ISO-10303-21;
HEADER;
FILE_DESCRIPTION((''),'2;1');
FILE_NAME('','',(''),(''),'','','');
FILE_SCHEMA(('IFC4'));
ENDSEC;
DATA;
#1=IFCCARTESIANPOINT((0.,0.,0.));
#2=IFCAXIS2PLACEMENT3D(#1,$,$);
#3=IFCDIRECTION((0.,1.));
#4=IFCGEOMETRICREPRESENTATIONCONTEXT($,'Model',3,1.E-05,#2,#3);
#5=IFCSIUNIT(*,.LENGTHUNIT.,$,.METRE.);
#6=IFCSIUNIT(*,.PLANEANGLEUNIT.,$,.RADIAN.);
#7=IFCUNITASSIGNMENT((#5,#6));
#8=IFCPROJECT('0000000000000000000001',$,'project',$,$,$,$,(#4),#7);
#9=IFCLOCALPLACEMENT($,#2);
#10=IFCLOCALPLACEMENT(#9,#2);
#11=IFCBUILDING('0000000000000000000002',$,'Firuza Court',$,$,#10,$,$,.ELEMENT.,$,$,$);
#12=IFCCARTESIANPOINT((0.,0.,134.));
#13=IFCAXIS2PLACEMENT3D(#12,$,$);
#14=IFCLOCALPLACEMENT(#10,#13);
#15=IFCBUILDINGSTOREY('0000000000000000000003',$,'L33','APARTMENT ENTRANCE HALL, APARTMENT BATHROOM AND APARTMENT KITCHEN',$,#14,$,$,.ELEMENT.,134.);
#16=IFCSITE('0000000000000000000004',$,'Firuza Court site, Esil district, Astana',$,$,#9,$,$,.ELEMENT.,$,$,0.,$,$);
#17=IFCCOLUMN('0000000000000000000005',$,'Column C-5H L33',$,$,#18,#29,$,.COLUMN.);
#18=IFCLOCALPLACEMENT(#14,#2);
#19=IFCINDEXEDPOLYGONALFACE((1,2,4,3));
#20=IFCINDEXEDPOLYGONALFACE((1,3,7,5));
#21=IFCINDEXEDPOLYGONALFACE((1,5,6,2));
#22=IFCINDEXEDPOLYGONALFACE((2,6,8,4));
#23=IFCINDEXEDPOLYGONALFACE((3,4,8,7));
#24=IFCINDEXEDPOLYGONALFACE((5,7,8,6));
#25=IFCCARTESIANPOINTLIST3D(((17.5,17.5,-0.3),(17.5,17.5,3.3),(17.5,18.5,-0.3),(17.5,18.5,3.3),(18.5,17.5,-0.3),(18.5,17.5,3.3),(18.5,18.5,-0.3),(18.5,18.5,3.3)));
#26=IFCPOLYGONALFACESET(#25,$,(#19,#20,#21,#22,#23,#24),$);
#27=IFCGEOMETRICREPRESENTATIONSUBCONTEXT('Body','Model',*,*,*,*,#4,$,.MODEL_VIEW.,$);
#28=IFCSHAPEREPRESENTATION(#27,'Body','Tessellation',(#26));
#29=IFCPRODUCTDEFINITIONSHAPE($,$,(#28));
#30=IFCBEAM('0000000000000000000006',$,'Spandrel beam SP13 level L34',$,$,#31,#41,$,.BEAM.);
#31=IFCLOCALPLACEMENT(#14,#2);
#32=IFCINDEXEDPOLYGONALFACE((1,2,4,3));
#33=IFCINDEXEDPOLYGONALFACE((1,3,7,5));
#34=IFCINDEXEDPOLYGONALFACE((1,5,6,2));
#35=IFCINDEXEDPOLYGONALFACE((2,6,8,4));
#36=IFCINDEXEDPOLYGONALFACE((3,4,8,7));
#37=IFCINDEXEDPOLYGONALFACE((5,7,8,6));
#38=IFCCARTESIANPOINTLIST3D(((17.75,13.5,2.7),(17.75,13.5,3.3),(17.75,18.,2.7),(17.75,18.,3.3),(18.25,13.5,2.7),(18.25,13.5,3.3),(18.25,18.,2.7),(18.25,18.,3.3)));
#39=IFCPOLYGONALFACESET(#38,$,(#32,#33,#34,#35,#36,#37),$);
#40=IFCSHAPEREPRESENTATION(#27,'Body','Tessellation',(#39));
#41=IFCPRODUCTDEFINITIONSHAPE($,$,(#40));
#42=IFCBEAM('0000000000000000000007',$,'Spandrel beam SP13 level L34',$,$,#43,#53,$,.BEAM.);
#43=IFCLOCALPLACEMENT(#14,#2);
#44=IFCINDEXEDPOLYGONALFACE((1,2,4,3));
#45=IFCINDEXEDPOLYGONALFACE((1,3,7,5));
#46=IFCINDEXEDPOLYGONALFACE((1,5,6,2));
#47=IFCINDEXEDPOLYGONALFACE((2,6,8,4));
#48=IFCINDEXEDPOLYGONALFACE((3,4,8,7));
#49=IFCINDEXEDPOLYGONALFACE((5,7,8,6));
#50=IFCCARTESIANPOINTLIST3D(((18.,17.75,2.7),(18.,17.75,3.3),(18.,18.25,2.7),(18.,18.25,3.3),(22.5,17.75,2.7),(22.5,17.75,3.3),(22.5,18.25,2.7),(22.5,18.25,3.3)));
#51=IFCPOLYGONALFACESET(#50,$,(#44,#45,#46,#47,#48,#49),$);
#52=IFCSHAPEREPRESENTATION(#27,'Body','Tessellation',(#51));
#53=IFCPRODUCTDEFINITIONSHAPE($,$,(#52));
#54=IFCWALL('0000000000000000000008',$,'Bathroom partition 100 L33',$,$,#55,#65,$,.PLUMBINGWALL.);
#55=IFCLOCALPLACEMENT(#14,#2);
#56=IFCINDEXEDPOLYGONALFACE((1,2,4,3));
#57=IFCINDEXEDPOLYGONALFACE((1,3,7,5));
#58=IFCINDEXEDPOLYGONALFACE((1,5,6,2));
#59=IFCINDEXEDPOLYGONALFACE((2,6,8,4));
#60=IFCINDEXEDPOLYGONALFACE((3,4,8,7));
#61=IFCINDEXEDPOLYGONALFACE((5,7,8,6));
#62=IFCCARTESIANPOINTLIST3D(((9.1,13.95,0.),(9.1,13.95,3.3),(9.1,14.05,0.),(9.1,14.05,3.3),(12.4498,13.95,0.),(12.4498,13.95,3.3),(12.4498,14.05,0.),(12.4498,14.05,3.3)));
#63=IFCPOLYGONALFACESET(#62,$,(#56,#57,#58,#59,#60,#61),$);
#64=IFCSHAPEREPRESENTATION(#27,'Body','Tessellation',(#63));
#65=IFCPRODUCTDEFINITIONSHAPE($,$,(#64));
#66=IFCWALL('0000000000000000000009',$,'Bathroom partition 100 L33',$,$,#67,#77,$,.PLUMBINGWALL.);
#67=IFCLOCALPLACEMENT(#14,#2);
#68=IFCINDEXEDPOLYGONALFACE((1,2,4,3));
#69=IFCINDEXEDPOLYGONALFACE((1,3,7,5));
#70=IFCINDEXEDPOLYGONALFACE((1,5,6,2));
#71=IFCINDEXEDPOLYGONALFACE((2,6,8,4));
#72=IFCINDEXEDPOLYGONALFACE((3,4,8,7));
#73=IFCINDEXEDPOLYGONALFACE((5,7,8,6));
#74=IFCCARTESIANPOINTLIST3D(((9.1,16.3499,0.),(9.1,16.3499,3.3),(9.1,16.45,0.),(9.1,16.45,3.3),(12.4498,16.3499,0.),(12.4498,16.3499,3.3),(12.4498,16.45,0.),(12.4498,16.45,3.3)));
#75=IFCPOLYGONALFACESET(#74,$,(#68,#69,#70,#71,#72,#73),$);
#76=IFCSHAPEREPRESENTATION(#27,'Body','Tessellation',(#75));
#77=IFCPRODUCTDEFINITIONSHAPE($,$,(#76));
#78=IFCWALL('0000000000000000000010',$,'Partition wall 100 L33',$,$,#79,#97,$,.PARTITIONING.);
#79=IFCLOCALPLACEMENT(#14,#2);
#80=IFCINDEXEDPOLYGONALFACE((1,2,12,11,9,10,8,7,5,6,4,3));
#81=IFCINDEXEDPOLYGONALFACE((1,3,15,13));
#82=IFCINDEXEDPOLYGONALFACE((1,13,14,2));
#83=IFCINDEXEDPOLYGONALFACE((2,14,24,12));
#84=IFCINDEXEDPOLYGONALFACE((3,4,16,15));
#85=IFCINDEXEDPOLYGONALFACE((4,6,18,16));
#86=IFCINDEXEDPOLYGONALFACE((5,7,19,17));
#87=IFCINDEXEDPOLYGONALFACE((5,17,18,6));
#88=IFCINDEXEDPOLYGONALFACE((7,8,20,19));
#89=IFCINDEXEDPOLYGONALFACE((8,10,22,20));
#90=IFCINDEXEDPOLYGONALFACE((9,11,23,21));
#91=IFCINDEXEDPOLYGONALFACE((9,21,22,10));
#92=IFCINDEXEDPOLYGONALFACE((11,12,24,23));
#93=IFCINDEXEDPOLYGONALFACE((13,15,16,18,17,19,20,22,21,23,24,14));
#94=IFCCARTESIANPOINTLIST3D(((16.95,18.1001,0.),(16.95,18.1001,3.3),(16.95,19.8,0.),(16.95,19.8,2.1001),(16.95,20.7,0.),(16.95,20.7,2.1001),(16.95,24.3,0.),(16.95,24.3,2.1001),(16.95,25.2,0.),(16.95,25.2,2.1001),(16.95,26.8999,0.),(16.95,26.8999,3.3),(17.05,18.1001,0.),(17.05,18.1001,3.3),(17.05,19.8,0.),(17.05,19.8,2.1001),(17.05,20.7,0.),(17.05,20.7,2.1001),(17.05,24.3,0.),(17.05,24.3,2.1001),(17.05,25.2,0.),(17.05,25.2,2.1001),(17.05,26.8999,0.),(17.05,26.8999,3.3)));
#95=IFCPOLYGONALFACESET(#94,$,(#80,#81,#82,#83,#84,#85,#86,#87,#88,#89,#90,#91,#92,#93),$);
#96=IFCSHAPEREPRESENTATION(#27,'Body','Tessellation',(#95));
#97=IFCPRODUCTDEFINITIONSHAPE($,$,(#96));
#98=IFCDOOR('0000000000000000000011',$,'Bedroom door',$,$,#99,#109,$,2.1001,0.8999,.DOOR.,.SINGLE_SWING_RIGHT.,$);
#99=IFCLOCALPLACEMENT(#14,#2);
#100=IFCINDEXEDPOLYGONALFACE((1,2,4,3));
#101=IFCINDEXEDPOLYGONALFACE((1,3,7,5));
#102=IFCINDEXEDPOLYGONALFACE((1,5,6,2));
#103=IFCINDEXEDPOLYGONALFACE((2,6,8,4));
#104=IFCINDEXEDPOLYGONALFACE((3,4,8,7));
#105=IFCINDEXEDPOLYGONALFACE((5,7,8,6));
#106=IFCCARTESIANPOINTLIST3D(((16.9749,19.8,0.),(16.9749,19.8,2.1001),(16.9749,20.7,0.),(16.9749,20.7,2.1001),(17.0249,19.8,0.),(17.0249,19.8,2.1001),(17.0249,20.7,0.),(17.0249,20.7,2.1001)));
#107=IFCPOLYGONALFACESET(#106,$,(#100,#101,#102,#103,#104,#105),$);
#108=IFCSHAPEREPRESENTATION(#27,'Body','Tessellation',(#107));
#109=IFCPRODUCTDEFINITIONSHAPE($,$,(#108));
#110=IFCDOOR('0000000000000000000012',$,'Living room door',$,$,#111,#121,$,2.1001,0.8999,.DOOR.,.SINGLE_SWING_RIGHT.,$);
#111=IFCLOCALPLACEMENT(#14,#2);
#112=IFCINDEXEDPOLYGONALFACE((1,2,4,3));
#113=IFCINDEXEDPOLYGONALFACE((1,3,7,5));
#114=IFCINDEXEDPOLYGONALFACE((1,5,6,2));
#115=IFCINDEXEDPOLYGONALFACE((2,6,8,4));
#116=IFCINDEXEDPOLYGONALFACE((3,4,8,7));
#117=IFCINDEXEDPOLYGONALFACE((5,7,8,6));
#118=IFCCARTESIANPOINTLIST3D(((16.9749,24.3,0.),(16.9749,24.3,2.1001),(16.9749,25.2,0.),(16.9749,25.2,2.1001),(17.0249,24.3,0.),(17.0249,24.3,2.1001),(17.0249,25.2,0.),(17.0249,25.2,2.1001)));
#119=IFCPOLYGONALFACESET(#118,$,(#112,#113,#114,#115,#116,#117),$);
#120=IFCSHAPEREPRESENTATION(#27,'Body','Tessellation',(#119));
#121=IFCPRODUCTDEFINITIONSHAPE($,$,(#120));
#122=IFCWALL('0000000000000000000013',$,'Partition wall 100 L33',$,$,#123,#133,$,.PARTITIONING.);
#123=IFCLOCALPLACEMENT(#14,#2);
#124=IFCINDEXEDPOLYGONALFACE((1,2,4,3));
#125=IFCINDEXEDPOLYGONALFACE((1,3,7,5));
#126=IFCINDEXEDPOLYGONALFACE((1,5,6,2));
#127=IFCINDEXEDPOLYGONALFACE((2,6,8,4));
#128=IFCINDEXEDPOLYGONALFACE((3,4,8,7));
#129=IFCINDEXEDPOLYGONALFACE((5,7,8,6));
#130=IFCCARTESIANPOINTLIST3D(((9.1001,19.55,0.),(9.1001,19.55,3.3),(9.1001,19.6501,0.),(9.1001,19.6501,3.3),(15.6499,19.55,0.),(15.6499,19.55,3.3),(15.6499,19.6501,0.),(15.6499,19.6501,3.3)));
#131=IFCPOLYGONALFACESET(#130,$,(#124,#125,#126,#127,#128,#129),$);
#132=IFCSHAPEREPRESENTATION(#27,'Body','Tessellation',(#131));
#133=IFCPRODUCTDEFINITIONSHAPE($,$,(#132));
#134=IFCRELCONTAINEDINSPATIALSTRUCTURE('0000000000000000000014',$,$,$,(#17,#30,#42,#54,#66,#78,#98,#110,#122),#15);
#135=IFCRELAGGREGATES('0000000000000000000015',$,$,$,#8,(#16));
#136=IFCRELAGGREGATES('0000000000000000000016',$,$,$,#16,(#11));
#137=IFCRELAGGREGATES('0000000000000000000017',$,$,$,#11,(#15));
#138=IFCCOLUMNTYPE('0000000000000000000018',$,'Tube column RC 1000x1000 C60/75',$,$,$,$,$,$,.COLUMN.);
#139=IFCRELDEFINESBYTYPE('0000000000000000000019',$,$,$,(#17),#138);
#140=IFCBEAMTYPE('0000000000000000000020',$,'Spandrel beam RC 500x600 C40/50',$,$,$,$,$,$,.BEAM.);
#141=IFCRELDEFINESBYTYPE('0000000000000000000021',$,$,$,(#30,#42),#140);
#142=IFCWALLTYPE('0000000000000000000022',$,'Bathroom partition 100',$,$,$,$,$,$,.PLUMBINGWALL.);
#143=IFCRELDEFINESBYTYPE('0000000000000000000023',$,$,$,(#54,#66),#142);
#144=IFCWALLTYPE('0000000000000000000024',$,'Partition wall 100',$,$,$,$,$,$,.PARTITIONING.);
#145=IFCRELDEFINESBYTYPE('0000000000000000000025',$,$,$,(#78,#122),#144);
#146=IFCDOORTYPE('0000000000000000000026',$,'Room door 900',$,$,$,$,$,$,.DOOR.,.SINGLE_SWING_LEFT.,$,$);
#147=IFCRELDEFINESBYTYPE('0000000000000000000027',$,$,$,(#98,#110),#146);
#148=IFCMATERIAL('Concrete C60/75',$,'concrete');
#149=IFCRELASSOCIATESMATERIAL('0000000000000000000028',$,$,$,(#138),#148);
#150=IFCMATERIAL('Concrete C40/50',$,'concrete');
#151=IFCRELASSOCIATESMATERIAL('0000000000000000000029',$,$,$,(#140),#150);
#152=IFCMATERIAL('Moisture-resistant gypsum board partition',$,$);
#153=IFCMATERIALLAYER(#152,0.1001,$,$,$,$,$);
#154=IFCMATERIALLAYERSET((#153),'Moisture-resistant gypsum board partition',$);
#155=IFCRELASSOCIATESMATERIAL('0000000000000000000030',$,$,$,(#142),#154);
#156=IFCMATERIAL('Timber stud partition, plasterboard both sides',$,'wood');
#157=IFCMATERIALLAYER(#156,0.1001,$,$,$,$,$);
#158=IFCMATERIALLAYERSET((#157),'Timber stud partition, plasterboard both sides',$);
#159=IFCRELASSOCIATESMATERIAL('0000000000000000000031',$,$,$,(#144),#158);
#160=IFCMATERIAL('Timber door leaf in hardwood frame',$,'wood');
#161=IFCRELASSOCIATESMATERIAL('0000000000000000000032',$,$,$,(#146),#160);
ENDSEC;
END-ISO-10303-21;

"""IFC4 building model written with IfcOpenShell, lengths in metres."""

from ifc_helpers import new_model, si_unit, direction, frame, frame_2d, origin, origin_2d, place, context, subcontext, project, spatial, rectangle, extrude, material, layer, layer_set, material_profile, profile_set, type_object, element, fill, save


model = new_model("IFC4")

# Units and contexts
model_context = context("Model", 3, precision=1e-05, world=origin(), true_north=direction((0.0, 1.0)))
body_context = subcontext(model_context, "Body", "Model", "MODEL_VIEW")
ifc_project = project(units=[si_unit("LENGTHUNIT", "METRE"), si_unit("PLANEANGLEUNIT", "RADIAN")], contexts=[model_context])

# Site, building, storey
site_placement = place(None, origin())
site = spatial("IfcSite", under=ifc_project, at=site_placement, Name="Firuza Court site, Esil district, Astana", CompositionType="ELEMENT", RefElevation=0.0)
building_placement = place(site_placement, origin())
building = spatial("IfcBuilding", under=site, at=building_placement, Name="Firuza Court", CompositionType="ELEMENT")
storey_placement = place(building_placement, frame((0.0, 0.0, 134.0)))
storey = spatial("IfcBuildingStorey", under=building, at=storey_placement, Name="L33", Description="APARTMENT ENTRANCE HALL, APARTMENT BATHROOM AND APARTMENT KITCHEN", CompositionType="ELEMENT", Elevation=134.0)

# Column
ifc_material_1 = material(Name="Concrete C60/75", Category="concrete")
ifc_material_profile_1 = material_profile(ifc_material_1, rectangle(XDim=1.0, YDim=1.0, at=origin_2d()), Name="RC 1000x1000")
ifc_profile_set_1 = profile_set([ifc_material_profile_1], Name="Concrete C60/75")
column_type = type_object("IfcColumnType", Name="Tube column RC 1000x1000 C60/75", PredefinedType="COLUMN", material=ifc_profile_set_1)
column_placement = place(storey_placement, frame((18.0, 18.0, -0.3), z_axis=(0.0, 0.0, 1.0), x_axis=(1.0, 0.0, 0.0)))
element("IfcColumn", 1, at=column_placement, inside=storey, type_object=column_type, Name="Column C-5H L33", PredefinedType="COLUMN", context=body_context, shape_type="SweptSolid", body=[
    extrude(rectangle(XDim=1.0, YDim=1.0, at=origin_2d()), origin(), (0.0, 0.0, 1.0), 3.6001),
])

# Beams
ifc_material_2 = material(Name="Concrete C40/50", Category="concrete")
ifc_material_profile_2 = material_profile(ifc_material_2, rectangle(XDim=0.5, YDim=0.6001, at=origin_2d()), Name="RC 500x600")
ifc_profile_set_2 = profile_set([ifc_material_profile_2], Name="Concrete C40/50")
beam_type = type_object("IfcBeamType", Name="Spandrel beam RC 500x600 C40/50", PredefinedType="BEAM", material=ifc_profile_set_2)
for number, where, z_axis, x_axis, name in (
    (2, (18.0, 13.5, 3.0), (0.0, 1.0, 0.0), (-1.0, 0.0, 0.0), "Spandrel beam SP13 level L34"),
    (3, (18.0, 18.0, 3.0), (1.0, 0.0, 0.0), (0.0, 1.0, 0.0), "Spandrel beam SP13 level L34"),
):
    element("IfcBeam", number, at=place(storey_placement, frame(where, z_axis=z_axis, x_axis=x_axis)), inside=storey, type_object=beam_type, Name=name, PredefinedType="BEAM", context=body_context, shape_type="SweptSolid", body=[
        extrude(rectangle(XDim=0.5, YDim=0.6001, at=origin_2d()), origin(), (0.0, 0.0, 1.0), 4.5),
    ])

# Walls
ifc_material_3 = material(Name="Moisture-resistant gypsum board partition")
ifc_layer_1 = layer(ifc_material_3, 0.1001)
ifc_layer_set_1 = layer_set([ifc_layer_1], Name="Moisture-resistant gypsum board partition")
wall_type_1 = type_object("IfcWallType", Name="Bathroom partition 100", PredefinedType="PLUMBINGWALL", material=ifc_layer_set_1)
for number, where, z_axis, x_axis, name in (
    (4, (9.1001, 14.0, 0.0), (0.0, 0.0, 1.0), (1.0, 0.0, 0.0), "Bathroom partition 100 L33"),
    (5, (9.1001, 16.3999, 0.0), (0.0, 0.0, 1.0), (1.0, 0.0, 0.0), "Bathroom partition 100 L33"),
):
    element("IfcWall", number, at=place(storey_placement, frame(where, z_axis=z_axis, x_axis=x_axis)), inside=storey, type_object=wall_type_1, Name=name, PredefinedType="PLUMBINGWALL", context=body_context, shape_type="SweptSolid", body=[
        extrude(rectangle(XDim=3.3499, YDim=0.1001, at=frame_2d((1.6748, 0.0))), origin(), (0.0, 0.0, 1.0), 3.3),
    ])

# Wall, openings, doors
ifc_material_4 = material(Name="Timber stud partition, plasterboard both sides", Category="wood")
ifc_layer_2 = layer(ifc_material_4, 0.1001)
ifc_layer_set_2 = layer_set([ifc_layer_2], Name="Timber stud partition, plasterboard both sides")
wall_type_2 = type_object("IfcWallType", Name="Partition wall 100", PredefinedType="PARTITIONING", material=ifc_layer_set_2)
wall_1_placement = place(storey_placement, frame((17.0, 18.1001, 0.0), z_axis=(0.0, 0.0, 1.0), x_axis=(0.0, 1.0, 0.0)))
wall_1 = element("IfcWall", 6, at=wall_1_placement, inside=storey, type_object=wall_type_2, Name="Partition wall 100 L33", PredefinedType="PARTITIONING", context=body_context, shape_type="SweptSolid", body=[
    extrude(rectangle(XDim=8.7998, YDim=0.1001, at=frame_2d((4.3999, 0.0))), origin(), (0.0, 0.0, 1.0), 3.3),
])
opening_1_placement = place(wall_1_placement, frame((1.7, 0.0, 0.0)))
opening_1 = element("IfcOpeningElement", 7, at=opening_1_placement, cuts=wall_1, PredefinedType="OPENING", context=body_context, shape_type="SweptSolid", body=[
    extrude(rectangle(XDim=0.8999, YDim=2.1001, at=frame_2d((0.45, 1.05))), frame((0.0, 0.062, 0.0), z_axis=(0.0, -1.0, 0.0), x_axis=(1.0, 0.0, 0.0)), (0.0, 0.0, 1.0), 0.124),
])
opening_2_placement = place(wall_1_placement, frame((6.2, 0.0, 0.0)))
opening_2 = element("IfcOpeningElement", 8, at=opening_2_placement, cuts=wall_1, PredefinedType="OPENING", context=body_context, shape_type="SweptSolid", body=[
    extrude(rectangle(XDim=0.8999, YDim=2.1001, at=frame_2d((0.45, 1.05))), frame((0.0, 0.062, 0.0), z_axis=(0.0, -1.0, 0.0), x_axis=(1.0, 0.0, 0.0)), (0.0, 0.0, 1.0), 0.124),
])
ifc_material_5 = material(Name="Timber door leaf in hardwood frame", Category="wood")
door_type_1 = type_object("IfcDoorType", Name="Room door 900", OperationType="SINGLE_SWING_LEFT", PredefinedType="DOOR", material=ifc_material_5)
door_1_placement = place(opening_1_placement, frame((0.8999, 0.0, 0.0), z_axis=(0.0, 0.0, 1.0), x_axis=(-1.0, 0.0, 0.0)))
door_1 = element("IfcDoor", 9, at=door_1_placement, inside=storey, type_object=door_type_1, Name="Bedroom door", OperationType="SINGLE_SWING_RIGHT", OverallHeight=2.1001, OverallWidth=0.8999, PredefinedType="DOOR", context=body_context, shape_type="SweptSolid", body=[
    extrude(rectangle(XDim=0.8999, YDim=2.1001, at=frame_2d((0.45, 1.05))), frame((0.0, 0.0249, 0.0), z_axis=(0.0, -1.0, 0.0), x_axis=(1.0, 0.0, 0.0)), (0.0, 0.0, 1.0), 0.05),
])
fill(opening_1, door_1)
door_2_placement = place(opening_2_placement, frame((0.8999, 0.0, 0.0), z_axis=(0.0, 0.0, 1.0), x_axis=(-1.0, 0.0, 0.0)))
door_2 = element("IfcDoor", 10, at=door_2_placement, inside=storey, type_object=door_type_1, Name="Living room door", OperationType="SINGLE_SWING_RIGHT", OverallHeight=2.1001, OverallWidth=0.8999, PredefinedType="DOOR", context=body_context, shape_type="SweptSolid", body=[
    extrude(rectangle(XDim=0.8999, YDim=2.1001, at=frame_2d((0.45, 1.05))), frame((0.0, 0.0249, 0.0), z_axis=(0.0, -1.0, 0.0), x_axis=(1.0, 0.0, 0.0)), (0.0, 0.0, 1.0), 0.05),
])
fill(opening_2, door_2)

# Wall
wall_2_placement = place(storey_placement, frame((9.1001, 19.6001, 0.0), z_axis=(0.0, 0.0, 1.0), x_axis=(1.0, 0.0, 0.0)))
element("IfcWall", 11, at=wall_2_placement, inside=storey, type_object=wall_type_2, Name="Partition wall 100 L33", PredefinedType="PARTITIONING", context=body_context, shape_type="SweptSolid", body=[
    extrude(rectangle(XDim=6.5498, YDim=0.1001, at=frame_2d((3.2749, 0.0))), origin(), (0.0, 0.0, 1.0), 3.3),
])

save(model, "model.ifc")
